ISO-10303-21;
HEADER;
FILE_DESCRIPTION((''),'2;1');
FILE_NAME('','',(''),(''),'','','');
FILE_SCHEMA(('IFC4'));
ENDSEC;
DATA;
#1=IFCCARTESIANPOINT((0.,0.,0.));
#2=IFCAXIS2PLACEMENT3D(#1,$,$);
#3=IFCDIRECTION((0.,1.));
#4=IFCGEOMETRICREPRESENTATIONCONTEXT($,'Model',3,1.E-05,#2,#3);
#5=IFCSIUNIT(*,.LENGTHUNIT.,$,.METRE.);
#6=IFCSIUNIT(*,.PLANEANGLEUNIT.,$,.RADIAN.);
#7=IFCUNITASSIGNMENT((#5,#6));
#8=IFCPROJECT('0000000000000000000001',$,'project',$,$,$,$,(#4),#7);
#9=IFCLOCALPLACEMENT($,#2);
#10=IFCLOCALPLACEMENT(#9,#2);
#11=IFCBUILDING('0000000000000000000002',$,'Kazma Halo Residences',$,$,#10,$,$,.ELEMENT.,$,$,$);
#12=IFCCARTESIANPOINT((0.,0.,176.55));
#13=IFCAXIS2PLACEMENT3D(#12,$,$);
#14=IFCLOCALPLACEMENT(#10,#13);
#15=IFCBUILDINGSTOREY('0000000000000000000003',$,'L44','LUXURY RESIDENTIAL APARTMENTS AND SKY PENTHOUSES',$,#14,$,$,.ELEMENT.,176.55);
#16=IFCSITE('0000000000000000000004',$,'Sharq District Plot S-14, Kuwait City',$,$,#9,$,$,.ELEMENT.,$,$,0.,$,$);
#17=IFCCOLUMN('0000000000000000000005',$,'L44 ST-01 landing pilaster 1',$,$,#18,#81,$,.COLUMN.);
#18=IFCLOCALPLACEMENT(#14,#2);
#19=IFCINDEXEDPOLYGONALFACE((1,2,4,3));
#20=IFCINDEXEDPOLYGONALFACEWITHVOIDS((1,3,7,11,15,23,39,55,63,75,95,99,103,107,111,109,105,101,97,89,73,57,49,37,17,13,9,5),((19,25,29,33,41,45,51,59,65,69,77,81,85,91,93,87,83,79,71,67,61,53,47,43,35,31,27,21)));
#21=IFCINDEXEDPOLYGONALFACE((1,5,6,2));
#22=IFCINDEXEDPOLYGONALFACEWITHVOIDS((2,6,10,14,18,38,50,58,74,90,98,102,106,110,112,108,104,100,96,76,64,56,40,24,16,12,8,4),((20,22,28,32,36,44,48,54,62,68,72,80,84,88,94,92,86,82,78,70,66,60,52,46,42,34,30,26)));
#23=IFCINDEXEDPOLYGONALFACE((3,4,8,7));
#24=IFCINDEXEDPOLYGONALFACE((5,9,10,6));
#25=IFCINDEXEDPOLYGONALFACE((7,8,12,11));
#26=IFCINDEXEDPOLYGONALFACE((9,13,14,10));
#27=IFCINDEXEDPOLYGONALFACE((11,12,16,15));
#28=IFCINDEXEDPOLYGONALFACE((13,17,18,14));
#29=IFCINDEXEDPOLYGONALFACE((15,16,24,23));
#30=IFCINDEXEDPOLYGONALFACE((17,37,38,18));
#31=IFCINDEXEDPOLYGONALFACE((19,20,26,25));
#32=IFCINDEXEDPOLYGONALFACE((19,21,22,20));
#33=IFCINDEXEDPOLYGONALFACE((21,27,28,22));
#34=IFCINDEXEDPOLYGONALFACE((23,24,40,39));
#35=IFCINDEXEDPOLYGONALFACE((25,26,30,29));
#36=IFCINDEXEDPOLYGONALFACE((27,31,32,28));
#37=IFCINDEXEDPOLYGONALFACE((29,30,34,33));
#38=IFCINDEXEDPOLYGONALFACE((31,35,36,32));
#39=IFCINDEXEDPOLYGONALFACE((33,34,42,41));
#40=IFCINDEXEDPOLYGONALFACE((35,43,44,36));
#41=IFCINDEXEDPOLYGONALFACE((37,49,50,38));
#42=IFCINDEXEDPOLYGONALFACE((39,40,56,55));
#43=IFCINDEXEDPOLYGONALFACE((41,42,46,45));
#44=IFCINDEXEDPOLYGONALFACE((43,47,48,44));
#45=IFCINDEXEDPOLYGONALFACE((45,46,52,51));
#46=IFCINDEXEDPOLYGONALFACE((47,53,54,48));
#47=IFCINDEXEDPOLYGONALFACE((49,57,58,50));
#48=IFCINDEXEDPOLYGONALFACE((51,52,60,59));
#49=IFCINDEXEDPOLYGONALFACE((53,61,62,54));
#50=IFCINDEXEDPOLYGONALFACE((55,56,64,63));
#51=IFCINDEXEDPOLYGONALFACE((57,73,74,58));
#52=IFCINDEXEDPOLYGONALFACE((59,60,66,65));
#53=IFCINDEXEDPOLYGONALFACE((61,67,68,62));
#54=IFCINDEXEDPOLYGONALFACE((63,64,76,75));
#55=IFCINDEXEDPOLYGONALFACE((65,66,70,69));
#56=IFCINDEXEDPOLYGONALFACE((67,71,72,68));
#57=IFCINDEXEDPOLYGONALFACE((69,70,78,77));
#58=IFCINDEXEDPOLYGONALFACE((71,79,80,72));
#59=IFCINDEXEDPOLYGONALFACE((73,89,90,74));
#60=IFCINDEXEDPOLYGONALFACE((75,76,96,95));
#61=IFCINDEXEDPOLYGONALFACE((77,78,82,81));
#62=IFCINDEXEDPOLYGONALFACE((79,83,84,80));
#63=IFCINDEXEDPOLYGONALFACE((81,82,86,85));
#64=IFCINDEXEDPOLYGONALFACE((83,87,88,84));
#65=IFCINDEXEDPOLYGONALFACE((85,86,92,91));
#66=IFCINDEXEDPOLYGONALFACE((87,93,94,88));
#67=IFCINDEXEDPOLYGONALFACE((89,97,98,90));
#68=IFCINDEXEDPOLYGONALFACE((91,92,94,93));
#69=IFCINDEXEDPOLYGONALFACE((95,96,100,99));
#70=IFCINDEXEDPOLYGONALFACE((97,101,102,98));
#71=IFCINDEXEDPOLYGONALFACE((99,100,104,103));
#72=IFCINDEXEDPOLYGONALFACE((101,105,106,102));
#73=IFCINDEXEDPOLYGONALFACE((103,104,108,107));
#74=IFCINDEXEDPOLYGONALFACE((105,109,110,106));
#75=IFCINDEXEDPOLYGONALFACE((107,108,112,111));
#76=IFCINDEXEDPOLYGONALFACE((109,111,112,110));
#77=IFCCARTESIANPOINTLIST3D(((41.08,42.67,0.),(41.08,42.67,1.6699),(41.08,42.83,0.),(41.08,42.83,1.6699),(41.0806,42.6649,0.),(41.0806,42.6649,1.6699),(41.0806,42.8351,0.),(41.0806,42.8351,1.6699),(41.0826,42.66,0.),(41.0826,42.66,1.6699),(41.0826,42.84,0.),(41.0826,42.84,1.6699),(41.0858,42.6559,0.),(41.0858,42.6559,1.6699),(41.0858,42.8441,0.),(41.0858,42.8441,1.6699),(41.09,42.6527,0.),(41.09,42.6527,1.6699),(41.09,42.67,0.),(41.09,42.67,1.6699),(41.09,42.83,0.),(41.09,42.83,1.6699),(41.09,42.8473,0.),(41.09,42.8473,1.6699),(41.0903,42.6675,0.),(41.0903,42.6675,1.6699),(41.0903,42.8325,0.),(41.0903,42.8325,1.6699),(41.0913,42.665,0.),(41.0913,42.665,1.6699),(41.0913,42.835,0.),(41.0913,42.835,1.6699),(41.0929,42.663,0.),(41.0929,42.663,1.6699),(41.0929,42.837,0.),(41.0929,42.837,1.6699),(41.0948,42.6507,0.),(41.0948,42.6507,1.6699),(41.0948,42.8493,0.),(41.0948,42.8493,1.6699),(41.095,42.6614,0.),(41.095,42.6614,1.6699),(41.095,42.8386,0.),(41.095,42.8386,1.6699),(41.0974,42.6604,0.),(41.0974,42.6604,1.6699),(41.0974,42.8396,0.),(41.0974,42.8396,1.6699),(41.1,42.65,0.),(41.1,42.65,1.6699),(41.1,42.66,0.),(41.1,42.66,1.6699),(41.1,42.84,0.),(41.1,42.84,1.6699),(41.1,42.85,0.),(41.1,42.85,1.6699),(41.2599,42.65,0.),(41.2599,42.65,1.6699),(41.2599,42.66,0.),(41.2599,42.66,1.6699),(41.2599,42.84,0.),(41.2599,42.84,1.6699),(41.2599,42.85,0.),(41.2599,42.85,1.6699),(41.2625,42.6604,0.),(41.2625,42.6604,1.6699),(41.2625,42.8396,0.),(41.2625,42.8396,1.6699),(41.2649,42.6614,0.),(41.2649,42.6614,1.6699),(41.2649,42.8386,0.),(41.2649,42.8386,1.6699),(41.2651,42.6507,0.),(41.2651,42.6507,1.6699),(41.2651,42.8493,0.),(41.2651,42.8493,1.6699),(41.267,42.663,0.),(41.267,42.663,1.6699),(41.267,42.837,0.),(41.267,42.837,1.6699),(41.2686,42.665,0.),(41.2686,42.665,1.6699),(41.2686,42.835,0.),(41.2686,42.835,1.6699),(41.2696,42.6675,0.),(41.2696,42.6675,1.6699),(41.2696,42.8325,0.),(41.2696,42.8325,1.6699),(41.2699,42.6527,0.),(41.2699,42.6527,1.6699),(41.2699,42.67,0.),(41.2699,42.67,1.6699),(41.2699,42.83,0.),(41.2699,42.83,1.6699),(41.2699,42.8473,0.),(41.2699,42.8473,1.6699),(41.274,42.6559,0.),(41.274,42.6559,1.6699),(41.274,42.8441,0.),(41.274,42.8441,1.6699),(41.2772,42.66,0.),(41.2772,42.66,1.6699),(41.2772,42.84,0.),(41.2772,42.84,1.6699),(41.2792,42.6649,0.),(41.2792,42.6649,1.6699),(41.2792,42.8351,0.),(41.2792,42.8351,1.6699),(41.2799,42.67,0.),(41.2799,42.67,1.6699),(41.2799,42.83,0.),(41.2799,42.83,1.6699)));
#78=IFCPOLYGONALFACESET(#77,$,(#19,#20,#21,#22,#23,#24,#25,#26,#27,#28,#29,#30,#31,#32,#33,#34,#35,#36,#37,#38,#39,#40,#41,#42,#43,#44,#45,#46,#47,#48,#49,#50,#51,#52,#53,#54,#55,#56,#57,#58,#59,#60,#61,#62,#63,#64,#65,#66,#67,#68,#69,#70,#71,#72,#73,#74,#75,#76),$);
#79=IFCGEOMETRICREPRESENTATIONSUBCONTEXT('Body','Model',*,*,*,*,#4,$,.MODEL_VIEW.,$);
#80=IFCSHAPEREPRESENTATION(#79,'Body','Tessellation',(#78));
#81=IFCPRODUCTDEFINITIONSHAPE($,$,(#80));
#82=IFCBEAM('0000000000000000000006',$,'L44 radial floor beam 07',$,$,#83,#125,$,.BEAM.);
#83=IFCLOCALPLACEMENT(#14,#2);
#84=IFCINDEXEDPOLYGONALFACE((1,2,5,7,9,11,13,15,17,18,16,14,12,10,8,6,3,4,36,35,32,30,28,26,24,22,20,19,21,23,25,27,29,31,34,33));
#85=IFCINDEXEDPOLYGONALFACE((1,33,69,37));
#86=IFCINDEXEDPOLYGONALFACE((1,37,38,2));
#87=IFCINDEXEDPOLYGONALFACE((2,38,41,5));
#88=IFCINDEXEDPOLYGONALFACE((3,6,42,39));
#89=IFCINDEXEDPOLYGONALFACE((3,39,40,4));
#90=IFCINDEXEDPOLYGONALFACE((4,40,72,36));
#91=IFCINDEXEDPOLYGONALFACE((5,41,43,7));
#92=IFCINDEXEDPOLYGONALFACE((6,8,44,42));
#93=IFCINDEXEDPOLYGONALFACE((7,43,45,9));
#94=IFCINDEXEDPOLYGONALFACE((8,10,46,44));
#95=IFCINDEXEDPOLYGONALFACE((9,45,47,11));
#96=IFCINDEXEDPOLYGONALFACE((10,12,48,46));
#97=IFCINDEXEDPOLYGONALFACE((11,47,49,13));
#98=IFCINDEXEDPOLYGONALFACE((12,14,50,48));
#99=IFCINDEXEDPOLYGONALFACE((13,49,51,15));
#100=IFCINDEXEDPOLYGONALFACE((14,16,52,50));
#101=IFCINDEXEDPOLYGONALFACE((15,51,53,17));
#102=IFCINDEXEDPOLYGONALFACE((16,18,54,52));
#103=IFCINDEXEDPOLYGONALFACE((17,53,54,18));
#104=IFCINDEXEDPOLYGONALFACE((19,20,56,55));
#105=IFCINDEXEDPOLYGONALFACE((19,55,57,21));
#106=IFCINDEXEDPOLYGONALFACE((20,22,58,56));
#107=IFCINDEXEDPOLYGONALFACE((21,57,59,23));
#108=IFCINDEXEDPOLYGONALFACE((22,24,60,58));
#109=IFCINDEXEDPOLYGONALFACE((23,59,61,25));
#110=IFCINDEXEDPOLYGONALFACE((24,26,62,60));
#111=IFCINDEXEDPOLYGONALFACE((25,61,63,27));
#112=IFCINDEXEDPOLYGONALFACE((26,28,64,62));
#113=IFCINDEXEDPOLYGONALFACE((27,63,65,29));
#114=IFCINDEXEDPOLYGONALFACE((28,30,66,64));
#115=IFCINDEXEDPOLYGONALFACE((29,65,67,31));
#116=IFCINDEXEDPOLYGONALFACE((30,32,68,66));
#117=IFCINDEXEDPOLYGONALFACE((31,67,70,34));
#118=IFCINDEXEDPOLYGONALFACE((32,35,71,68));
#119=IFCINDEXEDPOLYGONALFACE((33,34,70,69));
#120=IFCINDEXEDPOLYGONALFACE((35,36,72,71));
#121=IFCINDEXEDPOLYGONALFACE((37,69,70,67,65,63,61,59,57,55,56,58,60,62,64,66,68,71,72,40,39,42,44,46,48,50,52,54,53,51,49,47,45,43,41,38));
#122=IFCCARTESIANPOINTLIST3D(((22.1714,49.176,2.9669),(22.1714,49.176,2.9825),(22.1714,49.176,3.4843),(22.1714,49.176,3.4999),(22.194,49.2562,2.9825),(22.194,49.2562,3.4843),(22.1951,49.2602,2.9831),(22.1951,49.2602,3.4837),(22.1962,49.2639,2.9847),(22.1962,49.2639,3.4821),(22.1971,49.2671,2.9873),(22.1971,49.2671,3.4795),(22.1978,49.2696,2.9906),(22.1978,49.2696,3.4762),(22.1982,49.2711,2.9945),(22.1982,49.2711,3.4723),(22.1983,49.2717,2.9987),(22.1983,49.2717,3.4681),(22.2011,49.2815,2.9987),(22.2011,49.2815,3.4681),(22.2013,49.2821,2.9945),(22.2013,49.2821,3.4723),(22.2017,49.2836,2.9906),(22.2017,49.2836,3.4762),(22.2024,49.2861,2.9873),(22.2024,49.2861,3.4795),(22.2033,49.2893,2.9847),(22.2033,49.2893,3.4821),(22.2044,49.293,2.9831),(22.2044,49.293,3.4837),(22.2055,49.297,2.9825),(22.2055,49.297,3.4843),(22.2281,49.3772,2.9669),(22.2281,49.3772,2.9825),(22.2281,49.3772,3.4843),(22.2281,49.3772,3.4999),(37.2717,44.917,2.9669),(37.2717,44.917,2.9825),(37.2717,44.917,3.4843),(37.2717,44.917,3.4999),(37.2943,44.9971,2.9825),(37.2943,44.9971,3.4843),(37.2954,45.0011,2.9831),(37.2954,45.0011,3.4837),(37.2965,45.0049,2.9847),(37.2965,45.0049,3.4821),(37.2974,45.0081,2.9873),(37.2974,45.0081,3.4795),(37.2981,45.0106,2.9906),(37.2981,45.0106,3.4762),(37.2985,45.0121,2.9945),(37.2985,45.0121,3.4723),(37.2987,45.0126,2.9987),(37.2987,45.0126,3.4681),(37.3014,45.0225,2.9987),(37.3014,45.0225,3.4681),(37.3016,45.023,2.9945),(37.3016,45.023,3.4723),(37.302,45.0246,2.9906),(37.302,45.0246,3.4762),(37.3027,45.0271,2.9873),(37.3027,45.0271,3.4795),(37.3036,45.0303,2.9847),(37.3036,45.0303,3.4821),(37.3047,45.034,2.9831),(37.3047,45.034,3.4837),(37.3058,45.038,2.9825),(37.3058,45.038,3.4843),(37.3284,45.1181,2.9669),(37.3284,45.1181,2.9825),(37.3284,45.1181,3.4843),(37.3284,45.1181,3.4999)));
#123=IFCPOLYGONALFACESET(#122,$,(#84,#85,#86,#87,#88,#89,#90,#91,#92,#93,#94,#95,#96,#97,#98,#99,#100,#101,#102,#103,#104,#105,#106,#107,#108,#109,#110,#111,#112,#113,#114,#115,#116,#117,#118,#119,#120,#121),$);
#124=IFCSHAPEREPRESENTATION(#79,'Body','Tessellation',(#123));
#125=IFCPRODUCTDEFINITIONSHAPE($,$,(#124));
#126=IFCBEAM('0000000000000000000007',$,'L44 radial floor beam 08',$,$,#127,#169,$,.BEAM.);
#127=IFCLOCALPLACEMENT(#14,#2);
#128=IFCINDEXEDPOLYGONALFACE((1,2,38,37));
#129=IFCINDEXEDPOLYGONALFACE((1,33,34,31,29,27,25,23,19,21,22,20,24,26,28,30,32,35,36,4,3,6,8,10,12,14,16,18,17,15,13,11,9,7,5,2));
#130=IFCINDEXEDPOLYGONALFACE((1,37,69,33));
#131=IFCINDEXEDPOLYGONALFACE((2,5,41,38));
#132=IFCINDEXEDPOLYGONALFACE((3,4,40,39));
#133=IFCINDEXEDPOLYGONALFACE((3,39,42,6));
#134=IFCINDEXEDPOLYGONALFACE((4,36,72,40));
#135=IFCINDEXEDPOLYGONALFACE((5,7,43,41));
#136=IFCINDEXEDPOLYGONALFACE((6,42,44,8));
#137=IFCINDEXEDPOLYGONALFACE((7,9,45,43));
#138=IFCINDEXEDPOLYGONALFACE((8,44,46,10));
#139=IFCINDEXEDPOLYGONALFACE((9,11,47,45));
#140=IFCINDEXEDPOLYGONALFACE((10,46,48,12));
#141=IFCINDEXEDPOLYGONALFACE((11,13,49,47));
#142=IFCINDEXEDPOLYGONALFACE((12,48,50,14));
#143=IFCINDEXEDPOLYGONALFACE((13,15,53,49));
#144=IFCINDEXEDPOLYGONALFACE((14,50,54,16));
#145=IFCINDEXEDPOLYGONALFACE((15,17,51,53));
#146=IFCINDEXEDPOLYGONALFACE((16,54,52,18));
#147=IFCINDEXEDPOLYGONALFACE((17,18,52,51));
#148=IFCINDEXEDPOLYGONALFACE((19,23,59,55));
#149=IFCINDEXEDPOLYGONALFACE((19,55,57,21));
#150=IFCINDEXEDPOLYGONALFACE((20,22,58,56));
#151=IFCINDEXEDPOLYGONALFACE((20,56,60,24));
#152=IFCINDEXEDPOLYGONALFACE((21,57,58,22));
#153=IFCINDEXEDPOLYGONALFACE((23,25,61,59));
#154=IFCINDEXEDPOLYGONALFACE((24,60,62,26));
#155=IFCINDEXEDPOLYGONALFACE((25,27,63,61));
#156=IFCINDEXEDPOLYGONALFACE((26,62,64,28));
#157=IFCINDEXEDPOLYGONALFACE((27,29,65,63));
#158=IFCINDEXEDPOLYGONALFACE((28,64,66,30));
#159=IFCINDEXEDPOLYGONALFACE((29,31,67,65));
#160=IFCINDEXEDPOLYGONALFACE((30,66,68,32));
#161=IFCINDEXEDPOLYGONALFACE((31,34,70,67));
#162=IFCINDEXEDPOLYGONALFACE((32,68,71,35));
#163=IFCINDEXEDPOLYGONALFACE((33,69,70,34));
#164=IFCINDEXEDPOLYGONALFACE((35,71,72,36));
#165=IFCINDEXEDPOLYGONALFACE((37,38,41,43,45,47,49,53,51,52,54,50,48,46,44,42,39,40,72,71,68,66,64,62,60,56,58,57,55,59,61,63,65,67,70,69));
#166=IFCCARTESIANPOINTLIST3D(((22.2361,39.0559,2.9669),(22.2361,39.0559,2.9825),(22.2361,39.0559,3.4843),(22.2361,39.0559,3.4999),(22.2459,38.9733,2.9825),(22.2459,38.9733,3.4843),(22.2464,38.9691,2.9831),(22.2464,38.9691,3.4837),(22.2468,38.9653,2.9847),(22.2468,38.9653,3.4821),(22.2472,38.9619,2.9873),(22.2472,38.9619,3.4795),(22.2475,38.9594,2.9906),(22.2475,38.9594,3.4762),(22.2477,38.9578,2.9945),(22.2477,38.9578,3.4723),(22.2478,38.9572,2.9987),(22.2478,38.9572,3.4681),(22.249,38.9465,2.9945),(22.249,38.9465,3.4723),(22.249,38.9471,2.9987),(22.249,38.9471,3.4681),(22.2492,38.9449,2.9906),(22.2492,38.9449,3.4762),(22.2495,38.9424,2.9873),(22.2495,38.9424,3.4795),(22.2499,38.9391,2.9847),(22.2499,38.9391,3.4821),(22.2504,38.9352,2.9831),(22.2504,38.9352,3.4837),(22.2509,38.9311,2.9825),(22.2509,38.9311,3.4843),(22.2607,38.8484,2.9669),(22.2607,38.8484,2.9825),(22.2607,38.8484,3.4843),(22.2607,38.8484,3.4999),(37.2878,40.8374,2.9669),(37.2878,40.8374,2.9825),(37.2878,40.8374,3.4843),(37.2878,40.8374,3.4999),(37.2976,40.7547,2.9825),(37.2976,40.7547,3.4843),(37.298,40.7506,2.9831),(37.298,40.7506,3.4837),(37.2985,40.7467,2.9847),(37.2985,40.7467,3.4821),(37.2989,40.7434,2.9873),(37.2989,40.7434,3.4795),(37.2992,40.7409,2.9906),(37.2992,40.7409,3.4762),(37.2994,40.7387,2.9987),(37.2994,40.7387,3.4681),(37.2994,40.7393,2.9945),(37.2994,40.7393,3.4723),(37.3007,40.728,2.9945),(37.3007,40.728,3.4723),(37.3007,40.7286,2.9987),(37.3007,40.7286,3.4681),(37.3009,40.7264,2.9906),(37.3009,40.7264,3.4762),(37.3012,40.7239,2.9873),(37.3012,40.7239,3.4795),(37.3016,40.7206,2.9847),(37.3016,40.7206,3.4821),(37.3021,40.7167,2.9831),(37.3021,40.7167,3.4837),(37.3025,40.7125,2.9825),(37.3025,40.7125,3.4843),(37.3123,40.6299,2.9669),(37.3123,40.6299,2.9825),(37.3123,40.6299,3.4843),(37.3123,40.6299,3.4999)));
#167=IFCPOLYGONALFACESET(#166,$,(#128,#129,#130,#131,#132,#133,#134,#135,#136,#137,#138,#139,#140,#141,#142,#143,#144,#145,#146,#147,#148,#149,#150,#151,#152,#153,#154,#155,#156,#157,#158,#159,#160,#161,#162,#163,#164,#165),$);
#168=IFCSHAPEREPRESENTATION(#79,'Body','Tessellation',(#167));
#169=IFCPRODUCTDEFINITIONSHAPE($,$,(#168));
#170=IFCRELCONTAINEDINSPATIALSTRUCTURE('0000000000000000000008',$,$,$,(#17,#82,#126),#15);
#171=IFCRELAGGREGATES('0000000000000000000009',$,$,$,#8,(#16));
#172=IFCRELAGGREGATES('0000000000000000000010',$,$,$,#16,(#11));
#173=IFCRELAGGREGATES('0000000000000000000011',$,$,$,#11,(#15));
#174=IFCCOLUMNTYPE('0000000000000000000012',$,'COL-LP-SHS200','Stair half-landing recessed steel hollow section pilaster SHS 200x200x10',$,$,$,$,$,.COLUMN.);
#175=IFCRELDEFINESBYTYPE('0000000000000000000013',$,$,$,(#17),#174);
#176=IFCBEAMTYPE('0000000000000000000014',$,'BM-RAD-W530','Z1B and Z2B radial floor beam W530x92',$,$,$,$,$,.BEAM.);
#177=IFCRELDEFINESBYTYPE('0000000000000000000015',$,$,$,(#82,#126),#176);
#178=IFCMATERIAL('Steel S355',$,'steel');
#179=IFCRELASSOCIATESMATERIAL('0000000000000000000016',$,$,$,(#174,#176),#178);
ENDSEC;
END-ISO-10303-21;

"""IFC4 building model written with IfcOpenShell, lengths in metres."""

from ifc_helpers import new_model, si_unit, direction, frame, origin, origin_2d, place, context, subcontext, project, spatial, hollow_rectangle, i_section, extrude, material, material_profile, profile_set, type_object, element, save


model = new_model("IFC4")

# Units and contexts
model_context = context("Model", 3, precision=1e-05, world=origin(), true_north=direction((0.0, 1.0)))
body_context = subcontext(model_context, "Body", "Model", "MODEL_VIEW")
ifc_project = project(units=[si_unit("LENGTHUNIT", "METRE"), si_unit("PLANEANGLEUNIT", "RADIAN")], contexts=[model_context])

# Site, building, storey
site_placement = place(None, origin())
site = spatial("IfcSite", under=ifc_project, at=site_placement, Name="Sharq District Plot S-14, Kuwait City", CompositionType="ELEMENT", RefElevation=0.0)
building_placement = place(site_placement, origin())
building = spatial("IfcBuilding", under=site, at=building_placement, Name="Kazma Halo Residences", CompositionType="ELEMENT")
storey_placement = place(building_placement, frame((0.0, 0.0, 176.55)))
storey = spatial("IfcBuildingStorey", under=building, at=storey_placement, Name="L44", Description="LUXURY RESIDENTIAL APARTMENTS AND SKY PENTHOUSES", CompositionType="ELEMENT", Elevation=176.55)

# Column
ifc_material_1 = material(Name="Steel S355", Category="steel")
ifc_material_profile_1 = material_profile(ifc_material_1, hollow_rectangle(XDim=0.2, YDim=0.2, WallThickness=0.01, InnerFilletRadius=0.01, OuterFilletRadius=0.02, at=origin_2d()), Name="SHS200x200x10")
ifc_profile_set_1 = profile_set([ifc_material_profile_1], Name="Steel S355")
column_type = type_object("IfcColumnType", Name="COL-LP-SHS200", Description="Stair half-landing recessed steel hollow section pilaster SHS 200x200x10", PredefinedType="COLUMN", material=ifc_profile_set_1)
column_placement = place(storey_placement, frame((41.1799, 42.75, 0.0), z_axis=(0.0, 0.0, 1.0), x_axis=(1.0, 0.0, 0.0)))
element("IfcColumn", 1, at=column_placement, inside=storey, type_object=column_type, Name="L44 ST-01 landing pilaster 1", PredefinedType="COLUMN", context=body_context, shape_type="SweptSolid", body=[
    extrude(hollow_rectangle(XDim=0.2, YDim=0.2, WallThickness=0.01, InnerFilletRadius=0.01, OuterFilletRadius=0.02, at=origin_2d()), origin(), (0.0, 0.0, 1.0), 1.6699),
])

# Beams
ifc_material_profile_2 = material_profile(ifc_material_1, i_section(OverallWidth=0.209, OverallDepth=0.533, WebThickness=0.0103, FlangeThickness=0.0156, FilletRadius=0.0161, at=origin_2d()), Name="W530x92")
ifc_profile_set_2 = profile_set([ifc_material_profile_2], Name="Steel S355")
beam_type_1 = type_object("IfcBeamType", Name="BM-RAD-W530", Description="Z1B and Z2B radial floor beam W530x92", PredefinedType="BEAM", material=ifc_profile_set_2)
beam_1_placement = place(storey_placement, frame((37.3, 45.0176, 3.2334), z_axis=(-0.96245, 0.271458, 0.0), x_axis=(-0.271458, -0.96245, 0.0)))
element("IfcBeam", 2, at=beam_1_placement, inside=storey, type_object=beam_type_1, Name="L44 radial floor beam 07", PredefinedType="BEAM", context=body_context, shape_type="SweptSolid", body=[
    extrude(i_section(OverallWidth=0.209, OverallDepth=0.533, WebThickness=0.0103, FlangeThickness=0.0156, FilletRadius=0.0161, at=origin_2d()), origin(), (0.0, 0.0, 1.0), 15.6895),
])
beam_2_placement = place(storey_placement, frame((37.3, 40.7336, 3.2334), z_axis=(-0.993068, -0.117537, 0.0), x_axis=(0.117537, -0.993068, 0.0)))
element("IfcBeam", 3, at=beam_2_placement, inside=storey, type_object=beam_type_1, Name="L44 radial floor beam 08", PredefinedType="BEAM", context=body_context, shape_type="SweptSolid", body=[
    extrude(i_section(OverallWidth=0.209, OverallDepth=0.533, WebThickness=0.0103, FlangeThickness=0.0156, FilletRadius=0.0161, at=origin_2d()), origin(), (0.0, 0.0, 1.0), 15.1567),
])

save(model, "model.ifc")
